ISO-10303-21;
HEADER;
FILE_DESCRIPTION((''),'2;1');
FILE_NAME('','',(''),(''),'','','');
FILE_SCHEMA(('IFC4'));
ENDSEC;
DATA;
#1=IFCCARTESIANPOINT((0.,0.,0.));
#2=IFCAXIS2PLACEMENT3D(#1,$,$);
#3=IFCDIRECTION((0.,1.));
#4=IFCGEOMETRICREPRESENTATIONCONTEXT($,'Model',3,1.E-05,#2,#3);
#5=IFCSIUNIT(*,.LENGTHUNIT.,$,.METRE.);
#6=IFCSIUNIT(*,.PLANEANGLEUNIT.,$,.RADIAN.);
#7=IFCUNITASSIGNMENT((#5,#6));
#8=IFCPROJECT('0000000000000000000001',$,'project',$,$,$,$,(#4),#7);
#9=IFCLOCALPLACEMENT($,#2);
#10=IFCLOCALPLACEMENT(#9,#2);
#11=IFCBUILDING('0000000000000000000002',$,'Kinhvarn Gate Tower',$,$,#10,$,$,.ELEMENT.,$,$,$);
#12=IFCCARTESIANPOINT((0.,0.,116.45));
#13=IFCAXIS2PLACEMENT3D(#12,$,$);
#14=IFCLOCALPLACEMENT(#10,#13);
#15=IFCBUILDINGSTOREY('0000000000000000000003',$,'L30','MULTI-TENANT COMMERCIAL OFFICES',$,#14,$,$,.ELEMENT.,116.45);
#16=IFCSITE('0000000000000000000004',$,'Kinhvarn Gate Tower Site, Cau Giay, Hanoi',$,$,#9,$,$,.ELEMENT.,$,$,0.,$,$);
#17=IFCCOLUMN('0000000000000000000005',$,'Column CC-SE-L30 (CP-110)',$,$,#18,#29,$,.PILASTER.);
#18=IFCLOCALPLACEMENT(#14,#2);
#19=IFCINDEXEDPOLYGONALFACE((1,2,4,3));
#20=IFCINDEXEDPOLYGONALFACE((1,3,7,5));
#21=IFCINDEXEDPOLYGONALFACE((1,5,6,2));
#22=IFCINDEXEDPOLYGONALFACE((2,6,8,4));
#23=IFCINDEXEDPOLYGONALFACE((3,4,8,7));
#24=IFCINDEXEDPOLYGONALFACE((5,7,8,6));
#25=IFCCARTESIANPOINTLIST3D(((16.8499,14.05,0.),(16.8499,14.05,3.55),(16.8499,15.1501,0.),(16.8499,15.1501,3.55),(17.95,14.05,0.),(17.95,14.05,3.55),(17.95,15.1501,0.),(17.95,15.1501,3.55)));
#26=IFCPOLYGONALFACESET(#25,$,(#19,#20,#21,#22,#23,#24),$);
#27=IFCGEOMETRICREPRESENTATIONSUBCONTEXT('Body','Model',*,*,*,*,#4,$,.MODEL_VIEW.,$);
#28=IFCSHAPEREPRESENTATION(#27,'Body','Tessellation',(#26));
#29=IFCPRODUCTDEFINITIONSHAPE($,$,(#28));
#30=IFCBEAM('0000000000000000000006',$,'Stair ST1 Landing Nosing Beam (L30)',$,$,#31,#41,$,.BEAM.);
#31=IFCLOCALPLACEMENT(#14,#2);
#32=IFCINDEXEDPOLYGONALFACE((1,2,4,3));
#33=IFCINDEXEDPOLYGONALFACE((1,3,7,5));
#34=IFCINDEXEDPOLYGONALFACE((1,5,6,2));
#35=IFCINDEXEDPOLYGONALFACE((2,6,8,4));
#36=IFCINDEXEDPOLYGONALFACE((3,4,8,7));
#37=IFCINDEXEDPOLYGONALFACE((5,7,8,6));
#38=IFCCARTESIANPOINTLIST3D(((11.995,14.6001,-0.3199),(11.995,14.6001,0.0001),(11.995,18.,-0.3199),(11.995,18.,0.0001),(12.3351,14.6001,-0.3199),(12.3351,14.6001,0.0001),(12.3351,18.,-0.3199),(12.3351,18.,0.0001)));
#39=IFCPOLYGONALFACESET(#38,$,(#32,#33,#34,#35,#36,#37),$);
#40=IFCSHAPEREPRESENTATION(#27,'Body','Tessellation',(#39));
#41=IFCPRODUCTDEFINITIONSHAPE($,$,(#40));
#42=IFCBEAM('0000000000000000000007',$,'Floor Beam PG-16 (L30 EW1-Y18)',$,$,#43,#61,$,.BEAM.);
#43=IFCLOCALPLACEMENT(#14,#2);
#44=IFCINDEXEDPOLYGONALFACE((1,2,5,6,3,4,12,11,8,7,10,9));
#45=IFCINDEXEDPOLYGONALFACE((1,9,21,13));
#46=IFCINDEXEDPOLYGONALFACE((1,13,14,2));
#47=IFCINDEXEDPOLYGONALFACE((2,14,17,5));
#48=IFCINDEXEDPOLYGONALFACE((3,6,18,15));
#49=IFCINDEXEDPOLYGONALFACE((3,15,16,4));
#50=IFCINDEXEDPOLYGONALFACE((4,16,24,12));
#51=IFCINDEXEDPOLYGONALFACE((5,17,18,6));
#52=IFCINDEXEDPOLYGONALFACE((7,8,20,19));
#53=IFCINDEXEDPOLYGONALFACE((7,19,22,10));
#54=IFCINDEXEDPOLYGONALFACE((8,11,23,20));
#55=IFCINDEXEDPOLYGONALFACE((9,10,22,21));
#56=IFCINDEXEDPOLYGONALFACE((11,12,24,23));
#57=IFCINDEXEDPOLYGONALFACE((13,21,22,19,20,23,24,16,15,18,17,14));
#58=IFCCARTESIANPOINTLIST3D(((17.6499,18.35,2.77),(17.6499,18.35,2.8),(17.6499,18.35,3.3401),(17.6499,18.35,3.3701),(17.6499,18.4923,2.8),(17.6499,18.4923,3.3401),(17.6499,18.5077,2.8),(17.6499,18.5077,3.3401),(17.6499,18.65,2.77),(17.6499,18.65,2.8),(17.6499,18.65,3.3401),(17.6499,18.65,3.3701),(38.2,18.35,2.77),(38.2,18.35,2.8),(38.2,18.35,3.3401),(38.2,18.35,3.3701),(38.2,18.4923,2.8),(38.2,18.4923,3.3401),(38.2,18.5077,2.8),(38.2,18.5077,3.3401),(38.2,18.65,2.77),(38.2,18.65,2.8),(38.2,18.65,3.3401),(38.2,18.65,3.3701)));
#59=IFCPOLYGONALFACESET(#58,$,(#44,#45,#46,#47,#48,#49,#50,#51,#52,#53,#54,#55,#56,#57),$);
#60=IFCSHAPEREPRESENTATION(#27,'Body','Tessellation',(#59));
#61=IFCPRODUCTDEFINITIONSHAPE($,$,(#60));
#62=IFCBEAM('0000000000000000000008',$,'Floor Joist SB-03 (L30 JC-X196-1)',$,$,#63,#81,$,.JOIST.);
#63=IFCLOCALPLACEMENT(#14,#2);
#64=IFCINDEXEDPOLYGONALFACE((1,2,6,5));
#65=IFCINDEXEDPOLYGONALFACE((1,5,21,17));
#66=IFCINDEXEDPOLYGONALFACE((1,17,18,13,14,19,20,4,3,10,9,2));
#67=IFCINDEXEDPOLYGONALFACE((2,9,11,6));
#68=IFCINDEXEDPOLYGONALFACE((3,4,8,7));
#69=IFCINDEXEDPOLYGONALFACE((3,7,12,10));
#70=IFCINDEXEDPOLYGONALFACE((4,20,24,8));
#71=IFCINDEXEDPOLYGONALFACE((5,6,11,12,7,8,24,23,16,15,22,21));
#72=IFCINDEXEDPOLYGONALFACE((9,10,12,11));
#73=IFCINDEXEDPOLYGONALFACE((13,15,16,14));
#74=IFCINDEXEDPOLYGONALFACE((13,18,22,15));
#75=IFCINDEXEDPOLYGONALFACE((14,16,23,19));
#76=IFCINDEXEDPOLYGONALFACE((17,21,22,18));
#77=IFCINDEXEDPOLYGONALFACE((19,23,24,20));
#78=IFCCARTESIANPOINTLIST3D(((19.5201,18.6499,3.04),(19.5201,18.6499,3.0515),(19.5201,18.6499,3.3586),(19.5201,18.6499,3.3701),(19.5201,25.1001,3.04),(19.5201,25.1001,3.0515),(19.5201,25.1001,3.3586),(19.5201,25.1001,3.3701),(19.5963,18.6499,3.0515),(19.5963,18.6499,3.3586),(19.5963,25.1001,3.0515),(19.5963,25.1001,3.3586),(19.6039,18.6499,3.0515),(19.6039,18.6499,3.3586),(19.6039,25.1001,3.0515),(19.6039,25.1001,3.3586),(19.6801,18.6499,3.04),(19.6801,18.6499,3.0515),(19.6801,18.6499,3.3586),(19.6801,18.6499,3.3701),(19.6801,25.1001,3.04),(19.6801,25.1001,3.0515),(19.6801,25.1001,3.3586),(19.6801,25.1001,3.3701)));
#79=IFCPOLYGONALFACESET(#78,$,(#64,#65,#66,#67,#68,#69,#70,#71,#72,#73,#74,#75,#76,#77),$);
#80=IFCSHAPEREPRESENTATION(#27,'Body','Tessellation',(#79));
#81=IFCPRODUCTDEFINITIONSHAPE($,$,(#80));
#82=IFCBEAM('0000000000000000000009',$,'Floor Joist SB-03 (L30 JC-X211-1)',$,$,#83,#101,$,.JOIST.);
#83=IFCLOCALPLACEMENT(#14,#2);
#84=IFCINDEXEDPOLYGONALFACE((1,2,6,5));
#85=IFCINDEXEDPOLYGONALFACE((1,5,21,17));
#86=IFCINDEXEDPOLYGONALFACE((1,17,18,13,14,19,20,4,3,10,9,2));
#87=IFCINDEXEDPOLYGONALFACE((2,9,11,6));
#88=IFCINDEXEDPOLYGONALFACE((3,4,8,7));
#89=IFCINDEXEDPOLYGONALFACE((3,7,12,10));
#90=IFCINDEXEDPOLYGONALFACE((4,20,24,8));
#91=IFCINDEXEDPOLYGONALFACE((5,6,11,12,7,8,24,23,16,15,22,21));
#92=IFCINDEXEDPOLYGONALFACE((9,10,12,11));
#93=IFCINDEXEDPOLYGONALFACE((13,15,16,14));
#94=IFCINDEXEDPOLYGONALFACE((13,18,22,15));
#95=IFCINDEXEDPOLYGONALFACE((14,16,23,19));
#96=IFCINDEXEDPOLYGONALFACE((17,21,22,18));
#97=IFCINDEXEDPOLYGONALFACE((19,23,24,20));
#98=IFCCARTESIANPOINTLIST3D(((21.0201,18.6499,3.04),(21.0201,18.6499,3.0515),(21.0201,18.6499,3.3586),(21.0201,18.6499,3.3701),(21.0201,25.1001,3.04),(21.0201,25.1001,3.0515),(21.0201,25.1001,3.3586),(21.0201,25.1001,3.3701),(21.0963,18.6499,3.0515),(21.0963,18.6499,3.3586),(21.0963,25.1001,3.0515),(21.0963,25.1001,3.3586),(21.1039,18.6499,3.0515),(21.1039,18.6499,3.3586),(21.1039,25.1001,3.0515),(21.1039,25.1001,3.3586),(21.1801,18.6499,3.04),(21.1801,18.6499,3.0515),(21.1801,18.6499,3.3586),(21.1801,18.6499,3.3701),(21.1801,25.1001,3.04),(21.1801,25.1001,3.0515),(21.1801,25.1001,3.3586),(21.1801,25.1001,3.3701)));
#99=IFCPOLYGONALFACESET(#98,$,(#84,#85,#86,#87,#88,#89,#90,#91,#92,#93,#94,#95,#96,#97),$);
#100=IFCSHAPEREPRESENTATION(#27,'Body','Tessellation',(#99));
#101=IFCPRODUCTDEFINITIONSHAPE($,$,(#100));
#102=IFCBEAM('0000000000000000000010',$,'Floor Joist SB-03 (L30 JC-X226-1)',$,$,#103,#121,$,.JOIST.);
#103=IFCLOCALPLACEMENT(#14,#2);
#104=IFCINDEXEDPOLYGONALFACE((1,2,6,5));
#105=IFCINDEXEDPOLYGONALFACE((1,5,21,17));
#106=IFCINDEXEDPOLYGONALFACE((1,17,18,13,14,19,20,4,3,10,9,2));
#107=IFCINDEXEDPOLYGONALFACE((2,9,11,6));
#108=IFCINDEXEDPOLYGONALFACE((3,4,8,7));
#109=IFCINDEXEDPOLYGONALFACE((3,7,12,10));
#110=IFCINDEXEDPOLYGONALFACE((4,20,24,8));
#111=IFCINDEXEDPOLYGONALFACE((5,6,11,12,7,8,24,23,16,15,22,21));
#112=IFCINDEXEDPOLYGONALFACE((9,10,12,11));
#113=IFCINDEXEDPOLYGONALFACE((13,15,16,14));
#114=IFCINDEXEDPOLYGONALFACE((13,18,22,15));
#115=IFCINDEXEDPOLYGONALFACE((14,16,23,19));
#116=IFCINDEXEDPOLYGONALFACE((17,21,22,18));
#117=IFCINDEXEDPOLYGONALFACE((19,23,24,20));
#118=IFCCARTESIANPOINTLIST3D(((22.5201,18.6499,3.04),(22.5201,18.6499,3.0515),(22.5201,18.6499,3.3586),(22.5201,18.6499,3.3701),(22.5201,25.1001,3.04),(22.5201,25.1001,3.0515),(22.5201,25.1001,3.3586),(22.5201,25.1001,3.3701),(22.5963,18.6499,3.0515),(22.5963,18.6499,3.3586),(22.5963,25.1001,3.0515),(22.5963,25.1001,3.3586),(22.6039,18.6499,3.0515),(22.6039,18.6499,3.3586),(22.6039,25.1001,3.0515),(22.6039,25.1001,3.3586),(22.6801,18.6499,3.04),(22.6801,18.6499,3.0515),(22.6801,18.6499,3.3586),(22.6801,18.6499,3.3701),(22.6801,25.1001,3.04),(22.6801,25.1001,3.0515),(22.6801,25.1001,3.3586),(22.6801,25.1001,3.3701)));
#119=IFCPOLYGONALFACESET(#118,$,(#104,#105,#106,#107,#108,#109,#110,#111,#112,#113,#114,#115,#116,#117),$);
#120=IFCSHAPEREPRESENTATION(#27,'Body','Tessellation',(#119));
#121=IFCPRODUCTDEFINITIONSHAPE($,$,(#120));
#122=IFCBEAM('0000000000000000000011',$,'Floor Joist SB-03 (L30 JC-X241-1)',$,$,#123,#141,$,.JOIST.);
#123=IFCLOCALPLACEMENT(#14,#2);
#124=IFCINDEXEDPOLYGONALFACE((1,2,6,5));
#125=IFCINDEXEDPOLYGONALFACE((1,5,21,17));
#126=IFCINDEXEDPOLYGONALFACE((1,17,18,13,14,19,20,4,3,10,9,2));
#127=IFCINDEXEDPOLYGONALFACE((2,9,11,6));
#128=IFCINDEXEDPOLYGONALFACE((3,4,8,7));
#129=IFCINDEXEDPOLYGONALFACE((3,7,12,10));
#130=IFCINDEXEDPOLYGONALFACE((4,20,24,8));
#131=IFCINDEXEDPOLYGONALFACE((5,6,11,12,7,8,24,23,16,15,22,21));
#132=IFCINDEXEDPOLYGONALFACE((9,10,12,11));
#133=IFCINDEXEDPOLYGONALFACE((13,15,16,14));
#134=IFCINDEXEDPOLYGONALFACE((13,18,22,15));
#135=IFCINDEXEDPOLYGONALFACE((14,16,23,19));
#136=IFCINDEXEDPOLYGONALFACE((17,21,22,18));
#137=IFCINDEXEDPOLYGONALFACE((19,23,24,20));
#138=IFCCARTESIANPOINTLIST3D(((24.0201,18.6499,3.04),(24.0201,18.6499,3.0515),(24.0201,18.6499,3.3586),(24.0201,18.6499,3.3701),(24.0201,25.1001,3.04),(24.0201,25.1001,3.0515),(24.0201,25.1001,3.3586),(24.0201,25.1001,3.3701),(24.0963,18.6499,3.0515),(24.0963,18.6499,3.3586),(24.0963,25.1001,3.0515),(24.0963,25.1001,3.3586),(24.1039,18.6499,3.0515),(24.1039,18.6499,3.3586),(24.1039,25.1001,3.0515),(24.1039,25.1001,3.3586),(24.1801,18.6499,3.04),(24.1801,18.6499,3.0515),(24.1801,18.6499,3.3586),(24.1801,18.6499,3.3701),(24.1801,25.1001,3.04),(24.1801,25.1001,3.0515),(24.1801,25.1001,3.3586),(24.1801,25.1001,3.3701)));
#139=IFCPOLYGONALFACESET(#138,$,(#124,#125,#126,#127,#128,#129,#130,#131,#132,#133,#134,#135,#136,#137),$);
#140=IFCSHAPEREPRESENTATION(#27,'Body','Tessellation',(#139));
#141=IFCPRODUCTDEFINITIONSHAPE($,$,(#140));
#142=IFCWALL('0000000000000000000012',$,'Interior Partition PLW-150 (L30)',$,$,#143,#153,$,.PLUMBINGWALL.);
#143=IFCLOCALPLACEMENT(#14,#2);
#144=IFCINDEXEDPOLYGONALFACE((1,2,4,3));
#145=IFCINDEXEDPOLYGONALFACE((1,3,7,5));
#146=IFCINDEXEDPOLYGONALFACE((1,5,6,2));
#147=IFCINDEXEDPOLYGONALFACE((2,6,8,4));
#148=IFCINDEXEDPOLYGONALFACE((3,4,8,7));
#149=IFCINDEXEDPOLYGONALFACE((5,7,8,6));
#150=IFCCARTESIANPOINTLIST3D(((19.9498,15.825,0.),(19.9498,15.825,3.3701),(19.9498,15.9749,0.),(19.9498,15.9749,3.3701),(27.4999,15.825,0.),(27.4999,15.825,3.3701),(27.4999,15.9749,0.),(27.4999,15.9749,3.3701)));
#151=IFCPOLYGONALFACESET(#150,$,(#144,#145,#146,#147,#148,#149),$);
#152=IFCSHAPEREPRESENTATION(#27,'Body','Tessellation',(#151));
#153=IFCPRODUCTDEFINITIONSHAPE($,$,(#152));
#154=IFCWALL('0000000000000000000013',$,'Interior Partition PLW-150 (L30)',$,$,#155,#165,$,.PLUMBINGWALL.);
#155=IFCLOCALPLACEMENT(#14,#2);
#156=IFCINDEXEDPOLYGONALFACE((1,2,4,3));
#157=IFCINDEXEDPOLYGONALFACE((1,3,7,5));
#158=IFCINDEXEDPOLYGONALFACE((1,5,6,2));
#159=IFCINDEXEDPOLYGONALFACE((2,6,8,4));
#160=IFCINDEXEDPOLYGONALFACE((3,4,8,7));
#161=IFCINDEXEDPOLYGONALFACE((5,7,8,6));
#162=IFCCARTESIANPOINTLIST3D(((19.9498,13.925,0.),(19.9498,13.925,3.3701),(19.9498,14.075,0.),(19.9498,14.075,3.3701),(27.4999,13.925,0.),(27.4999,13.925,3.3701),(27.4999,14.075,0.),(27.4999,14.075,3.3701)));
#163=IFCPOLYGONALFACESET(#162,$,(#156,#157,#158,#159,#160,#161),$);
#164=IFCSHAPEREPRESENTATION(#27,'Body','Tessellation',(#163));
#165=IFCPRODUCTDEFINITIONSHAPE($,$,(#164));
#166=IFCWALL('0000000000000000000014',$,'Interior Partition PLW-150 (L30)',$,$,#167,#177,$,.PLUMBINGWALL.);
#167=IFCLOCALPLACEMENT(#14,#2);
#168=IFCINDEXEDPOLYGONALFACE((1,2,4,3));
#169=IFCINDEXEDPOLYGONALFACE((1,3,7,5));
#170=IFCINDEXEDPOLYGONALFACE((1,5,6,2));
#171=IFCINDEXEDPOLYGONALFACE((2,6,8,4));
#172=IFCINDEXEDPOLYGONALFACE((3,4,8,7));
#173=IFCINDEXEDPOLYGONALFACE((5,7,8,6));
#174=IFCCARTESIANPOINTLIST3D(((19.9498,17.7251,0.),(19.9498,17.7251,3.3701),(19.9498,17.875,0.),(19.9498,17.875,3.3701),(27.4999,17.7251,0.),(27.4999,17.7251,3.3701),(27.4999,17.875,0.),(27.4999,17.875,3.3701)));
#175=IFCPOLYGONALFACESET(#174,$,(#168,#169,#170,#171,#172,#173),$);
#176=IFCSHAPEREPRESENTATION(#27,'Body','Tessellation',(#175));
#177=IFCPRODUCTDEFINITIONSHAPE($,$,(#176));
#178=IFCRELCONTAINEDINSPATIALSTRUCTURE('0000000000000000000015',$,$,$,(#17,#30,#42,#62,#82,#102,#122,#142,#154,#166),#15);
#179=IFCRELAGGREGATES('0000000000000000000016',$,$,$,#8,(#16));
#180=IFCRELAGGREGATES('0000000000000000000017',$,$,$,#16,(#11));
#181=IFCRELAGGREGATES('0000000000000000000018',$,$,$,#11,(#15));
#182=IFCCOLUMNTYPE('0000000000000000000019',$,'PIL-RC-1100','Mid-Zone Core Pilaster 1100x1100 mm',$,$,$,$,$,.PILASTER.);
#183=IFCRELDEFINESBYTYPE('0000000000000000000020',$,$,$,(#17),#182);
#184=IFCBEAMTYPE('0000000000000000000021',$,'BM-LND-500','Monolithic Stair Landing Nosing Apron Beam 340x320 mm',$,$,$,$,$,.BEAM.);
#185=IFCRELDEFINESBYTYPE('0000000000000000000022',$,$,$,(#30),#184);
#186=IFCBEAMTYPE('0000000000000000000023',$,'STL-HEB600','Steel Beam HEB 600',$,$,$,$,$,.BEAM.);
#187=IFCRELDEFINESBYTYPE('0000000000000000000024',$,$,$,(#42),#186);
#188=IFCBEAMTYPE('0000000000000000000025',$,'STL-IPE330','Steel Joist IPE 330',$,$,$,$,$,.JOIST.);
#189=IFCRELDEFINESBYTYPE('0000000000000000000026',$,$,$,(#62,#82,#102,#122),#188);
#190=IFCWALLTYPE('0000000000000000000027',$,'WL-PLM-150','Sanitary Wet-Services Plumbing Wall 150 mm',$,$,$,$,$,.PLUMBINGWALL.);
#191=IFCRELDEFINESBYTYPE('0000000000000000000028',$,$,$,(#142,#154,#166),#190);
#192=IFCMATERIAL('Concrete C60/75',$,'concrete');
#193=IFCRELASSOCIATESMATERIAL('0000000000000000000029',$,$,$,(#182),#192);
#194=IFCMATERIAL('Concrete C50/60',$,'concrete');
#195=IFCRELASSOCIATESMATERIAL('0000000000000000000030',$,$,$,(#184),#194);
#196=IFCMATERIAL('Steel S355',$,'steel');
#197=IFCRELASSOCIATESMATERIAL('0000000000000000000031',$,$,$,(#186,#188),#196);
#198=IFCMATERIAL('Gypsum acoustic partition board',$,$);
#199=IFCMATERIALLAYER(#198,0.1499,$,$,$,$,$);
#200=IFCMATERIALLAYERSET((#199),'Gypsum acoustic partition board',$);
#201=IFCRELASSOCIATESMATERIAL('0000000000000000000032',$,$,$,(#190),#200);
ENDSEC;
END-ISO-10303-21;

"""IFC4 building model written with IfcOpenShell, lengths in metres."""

from ifc_helpers import new_model, si_unit, direction, frame, frame_2d, origin, origin_2d, place, context, subcontext, project, spatial, rectangle, i_section, extrude, material, layer, layer_set, material_profile, profile_set, type_object, element, save


model = new_model("IFC4")

# Units and contexts
model_context = context("Model", 3, precision=1e-05, world=origin(), true_north=direction((0.0, 1.0)))
body_context = subcontext(model_context, "Body", "Model", "MODEL_VIEW")
ifc_project = project(units=[si_unit("LENGTHUNIT", "METRE"), si_unit("PLANEANGLEUNIT", "RADIAN")], contexts=[model_context])

# Site, building, storey
site_placement = place(None, origin())
site = spatial("IfcSite", under=ifc_project, at=site_placement, Name="Kinhvarn Gate Tower Site, Cau Giay, Hanoi", CompositionType="ELEMENT", RefElevation=0.0)
building_placement = place(site_placement, origin())
building = spatial("IfcBuilding", under=site, at=building_placement, Name="Kinhvarn Gate Tower", CompositionType="ELEMENT")
storey_placement = place(building_placement, frame((0.0, 0.0, 116.45)))
storey = spatial("IfcBuildingStorey", under=building, at=storey_placement, Name="L30", Description="MULTI-TENANT COMMERCIAL OFFICES", CompositionType="ELEMENT", Elevation=116.45)

# Column
ifc_material_1 = material(Name="Concrete C60/75", Category="concrete")
ifc_material_profile_1 = material_profile(ifc_material_1, rectangle(XDim=1.1001, YDim=1.1001, at=origin_2d()), Name="RC 1100x1100")
ifc_profile_set_1 = profile_set([ifc_material_profile_1], Name="Concrete C60/75")
column_type = type_object("IfcColumnType", Name="PIL-RC-1100", Description="Mid-Zone Core Pilaster 1100x1100 mm", PredefinedType="PILASTER", material=ifc_profile_set_1)
column_placement = place(storey_placement, frame((17.3999, 14.6001, 0.0), z_axis=(0.0, 0.0, 1.0), x_axis=(1.0, 0.0, 0.0)))
element("IfcColumn", 1, at=column_placement, inside=storey, type_object=column_type, Name="Column CC-SE-L30 (CP-110)", PredefinedType="PILASTER", context=body_context, shape_type="SweptSolid", body=[
    extrude(rectangle(XDim=1.1001, YDim=1.1001, at=origin_2d()), origin(), (0.0, 0.0, 1.0), 3.55),
])

# Beams
ifc_material_2 = material(Name="Concrete C50/60", Category="concrete")
ifc_material_profile_2 = material_profile(ifc_material_2, rectangle(XDim=0.3401, YDim=0.3201, at=origin_2d()), Name="RC 340x320")
ifc_profile_set_2 = profile_set([ifc_material_profile_2], Name="Concrete C50/60")
beam_type_1 = type_object("IfcBeamType", Name="BM-LND-500", Description="Monolithic Stair Landing Nosing Apron Beam 340x320 mm", PredefinedType="BEAM", material=ifc_profile_set_2)
beam_1_placement = place(storey_placement, frame((12.165, 14.6001, -0.1599), z_axis=(0.0, 1.0, 0.0), x_axis=(-1.0, 0.0, 0.0)))
element("IfcBeam", 2, at=beam_1_placement, inside=storey, type_object=beam_type_1, Name="Stair ST1 Landing Nosing Beam (L30)", PredefinedType="BEAM", context=body_context, shape_type="SweptSolid", body=[
    extrude(rectangle(XDim=0.3401, YDim=0.3201, at=origin_2d()), origin(), (0.0, 0.0, 1.0), 3.3999),
])
ifc_material_3 = material(Name="Steel S355", Category="steel")
ifc_material_profile_3 = material_profile(ifc_material_3, i_section(OverallWidth=0.3, OverallDepth=0.6001, WebThickness=0.0154, FlangeThickness=0.03, at=origin_2d()), Name="HEB 600")
ifc_profile_set_3 = profile_set([ifc_material_profile_3], Name="Steel S355")
beam_type_2 = type_object("IfcBeamType", Name="STL-HEB600", Description="Steel Beam HEB 600", PredefinedType="BEAM", material=ifc_profile_set_3)
beam_2_placement = place(storey_placement, frame((17.6499, 18.5, 3.0701), z_axis=(1.0, 0.0, 0.0), x_axis=(0.0, 1.0, 0.0)))
element("IfcBeam", 3, at=beam_2_placement, inside=storey, type_object=beam_type_2, Name="Floor Beam PG-16 (L30 EW1-Y18)", PredefinedType="BEAM", context=body_context, shape_type="SweptSolid", body=[
    extrude(i_section(OverallWidth=0.3, OverallDepth=0.6001, WebThickness=0.0154, FlangeThickness=0.03, at=origin_2d()), origin(), (0.0, 0.0, 1.0), 20.55),
])
ifc_material_profile_4 = material_profile(ifc_material_3, i_section(OverallWidth=0.1599, OverallDepth=0.3301, WebThickness=0.0076, FlangeThickness=0.0115, at=origin_2d()), Name="IPE 330")
ifc_profile_set_4 = profile_set([ifc_material_profile_4], Name="Steel S355")
beam_type_3 = type_object("IfcBeamType", Name="STL-IPE330", Description="Steel Joist IPE 330", PredefinedType="JOIST", material=ifc_profile_set_4)
for number, where, z_axis, x_axis, name in (
    (4, (19.6001, 18.6499, 3.2051), (0.0, 1.0, 0.0), (-1.0, 0.0, 0.0), "Floor Joist SB-03 (L30 JC-X196-1)"),
    (5, (21.1001, 18.6499, 3.2051), (0.0, 1.0, 0.0), (-1.0, 0.0, 0.0), "Floor Joist SB-03 (L30 JC-X211-1)"),
    (6, (22.6001, 18.6499, 3.2051), (0.0, 1.0, 0.0), (-1.0, 0.0, 0.0), "Floor Joist SB-03 (L30 JC-X226-1)"),
    (7, (24.1001, 18.6499, 3.2051), (0.0, 1.0, 0.0), (-1.0, 0.0, 0.0), "Floor Joist SB-03 (L30 JC-X241-1)"),
):
    element("IfcBeam", number, at=place(storey_placement, frame(where, z_axis=z_axis, x_axis=x_axis)), inside=storey, type_object=beam_type_3, Name=name, PredefinedType="JOIST", context=body_context, shape_type="SweptSolid", body=[
        extrude(i_section(OverallWidth=0.1599, OverallDepth=0.3301, WebThickness=0.0076, FlangeThickness=0.0115, at=origin_2d()), origin(), (0.0, 0.0, 1.0), 6.4502),
    ])

# Walls
ifc_material_4 = material(Name="Gypsum acoustic partition board")
ifc_layer_1 = layer(ifc_material_4, 0.1499)
ifc_layer_set_1 = layer_set([ifc_layer_1], Name="Gypsum acoustic partition board")
wall_type_1 = type_object("IfcWallType", Name="WL-PLM-150", Description="Sanitary Wet-Services Plumbing Wall 150 mm", PredefinedType="PLUMBINGWALL", material=ifc_layer_set_1)
for number, where, z_axis, x_axis, name in (
    (8, (19.95, 15.8999, 0.0), (0.0, 0.0, 1.0), (1.0, 0.0, 0.0), "Interior Partition PLW-150 (L30)"),
    (9, (19.95, 14.0, 0.0), (0.0, 0.0, 1.0), (1.0, 0.0, 0.0), "Interior Partition PLW-150 (L30)"),
    (10, (19.95, 17.8, 0.0), (0.0, 0.0, 1.0), (1.0, 0.0, 0.0), "Interior Partition PLW-150 (L30)"),
):
    element("IfcWall", number, at=place(storey_placement, frame(where, z_axis=z_axis, x_axis=x_axis)), inside=storey, type_object=wall_type_1, Name=name, PredefinedType="PLUMBINGWALL", context=body_context, shape_type="SweptSolid", body=[
        extrude(rectangle(XDim=7.55, YDim=0.1499, at=frame_2d((3.7749, 0.0))), origin(), (0.0, 0.0, 1.0), 3.3701),
    ])

save(model, "model.ifc")
